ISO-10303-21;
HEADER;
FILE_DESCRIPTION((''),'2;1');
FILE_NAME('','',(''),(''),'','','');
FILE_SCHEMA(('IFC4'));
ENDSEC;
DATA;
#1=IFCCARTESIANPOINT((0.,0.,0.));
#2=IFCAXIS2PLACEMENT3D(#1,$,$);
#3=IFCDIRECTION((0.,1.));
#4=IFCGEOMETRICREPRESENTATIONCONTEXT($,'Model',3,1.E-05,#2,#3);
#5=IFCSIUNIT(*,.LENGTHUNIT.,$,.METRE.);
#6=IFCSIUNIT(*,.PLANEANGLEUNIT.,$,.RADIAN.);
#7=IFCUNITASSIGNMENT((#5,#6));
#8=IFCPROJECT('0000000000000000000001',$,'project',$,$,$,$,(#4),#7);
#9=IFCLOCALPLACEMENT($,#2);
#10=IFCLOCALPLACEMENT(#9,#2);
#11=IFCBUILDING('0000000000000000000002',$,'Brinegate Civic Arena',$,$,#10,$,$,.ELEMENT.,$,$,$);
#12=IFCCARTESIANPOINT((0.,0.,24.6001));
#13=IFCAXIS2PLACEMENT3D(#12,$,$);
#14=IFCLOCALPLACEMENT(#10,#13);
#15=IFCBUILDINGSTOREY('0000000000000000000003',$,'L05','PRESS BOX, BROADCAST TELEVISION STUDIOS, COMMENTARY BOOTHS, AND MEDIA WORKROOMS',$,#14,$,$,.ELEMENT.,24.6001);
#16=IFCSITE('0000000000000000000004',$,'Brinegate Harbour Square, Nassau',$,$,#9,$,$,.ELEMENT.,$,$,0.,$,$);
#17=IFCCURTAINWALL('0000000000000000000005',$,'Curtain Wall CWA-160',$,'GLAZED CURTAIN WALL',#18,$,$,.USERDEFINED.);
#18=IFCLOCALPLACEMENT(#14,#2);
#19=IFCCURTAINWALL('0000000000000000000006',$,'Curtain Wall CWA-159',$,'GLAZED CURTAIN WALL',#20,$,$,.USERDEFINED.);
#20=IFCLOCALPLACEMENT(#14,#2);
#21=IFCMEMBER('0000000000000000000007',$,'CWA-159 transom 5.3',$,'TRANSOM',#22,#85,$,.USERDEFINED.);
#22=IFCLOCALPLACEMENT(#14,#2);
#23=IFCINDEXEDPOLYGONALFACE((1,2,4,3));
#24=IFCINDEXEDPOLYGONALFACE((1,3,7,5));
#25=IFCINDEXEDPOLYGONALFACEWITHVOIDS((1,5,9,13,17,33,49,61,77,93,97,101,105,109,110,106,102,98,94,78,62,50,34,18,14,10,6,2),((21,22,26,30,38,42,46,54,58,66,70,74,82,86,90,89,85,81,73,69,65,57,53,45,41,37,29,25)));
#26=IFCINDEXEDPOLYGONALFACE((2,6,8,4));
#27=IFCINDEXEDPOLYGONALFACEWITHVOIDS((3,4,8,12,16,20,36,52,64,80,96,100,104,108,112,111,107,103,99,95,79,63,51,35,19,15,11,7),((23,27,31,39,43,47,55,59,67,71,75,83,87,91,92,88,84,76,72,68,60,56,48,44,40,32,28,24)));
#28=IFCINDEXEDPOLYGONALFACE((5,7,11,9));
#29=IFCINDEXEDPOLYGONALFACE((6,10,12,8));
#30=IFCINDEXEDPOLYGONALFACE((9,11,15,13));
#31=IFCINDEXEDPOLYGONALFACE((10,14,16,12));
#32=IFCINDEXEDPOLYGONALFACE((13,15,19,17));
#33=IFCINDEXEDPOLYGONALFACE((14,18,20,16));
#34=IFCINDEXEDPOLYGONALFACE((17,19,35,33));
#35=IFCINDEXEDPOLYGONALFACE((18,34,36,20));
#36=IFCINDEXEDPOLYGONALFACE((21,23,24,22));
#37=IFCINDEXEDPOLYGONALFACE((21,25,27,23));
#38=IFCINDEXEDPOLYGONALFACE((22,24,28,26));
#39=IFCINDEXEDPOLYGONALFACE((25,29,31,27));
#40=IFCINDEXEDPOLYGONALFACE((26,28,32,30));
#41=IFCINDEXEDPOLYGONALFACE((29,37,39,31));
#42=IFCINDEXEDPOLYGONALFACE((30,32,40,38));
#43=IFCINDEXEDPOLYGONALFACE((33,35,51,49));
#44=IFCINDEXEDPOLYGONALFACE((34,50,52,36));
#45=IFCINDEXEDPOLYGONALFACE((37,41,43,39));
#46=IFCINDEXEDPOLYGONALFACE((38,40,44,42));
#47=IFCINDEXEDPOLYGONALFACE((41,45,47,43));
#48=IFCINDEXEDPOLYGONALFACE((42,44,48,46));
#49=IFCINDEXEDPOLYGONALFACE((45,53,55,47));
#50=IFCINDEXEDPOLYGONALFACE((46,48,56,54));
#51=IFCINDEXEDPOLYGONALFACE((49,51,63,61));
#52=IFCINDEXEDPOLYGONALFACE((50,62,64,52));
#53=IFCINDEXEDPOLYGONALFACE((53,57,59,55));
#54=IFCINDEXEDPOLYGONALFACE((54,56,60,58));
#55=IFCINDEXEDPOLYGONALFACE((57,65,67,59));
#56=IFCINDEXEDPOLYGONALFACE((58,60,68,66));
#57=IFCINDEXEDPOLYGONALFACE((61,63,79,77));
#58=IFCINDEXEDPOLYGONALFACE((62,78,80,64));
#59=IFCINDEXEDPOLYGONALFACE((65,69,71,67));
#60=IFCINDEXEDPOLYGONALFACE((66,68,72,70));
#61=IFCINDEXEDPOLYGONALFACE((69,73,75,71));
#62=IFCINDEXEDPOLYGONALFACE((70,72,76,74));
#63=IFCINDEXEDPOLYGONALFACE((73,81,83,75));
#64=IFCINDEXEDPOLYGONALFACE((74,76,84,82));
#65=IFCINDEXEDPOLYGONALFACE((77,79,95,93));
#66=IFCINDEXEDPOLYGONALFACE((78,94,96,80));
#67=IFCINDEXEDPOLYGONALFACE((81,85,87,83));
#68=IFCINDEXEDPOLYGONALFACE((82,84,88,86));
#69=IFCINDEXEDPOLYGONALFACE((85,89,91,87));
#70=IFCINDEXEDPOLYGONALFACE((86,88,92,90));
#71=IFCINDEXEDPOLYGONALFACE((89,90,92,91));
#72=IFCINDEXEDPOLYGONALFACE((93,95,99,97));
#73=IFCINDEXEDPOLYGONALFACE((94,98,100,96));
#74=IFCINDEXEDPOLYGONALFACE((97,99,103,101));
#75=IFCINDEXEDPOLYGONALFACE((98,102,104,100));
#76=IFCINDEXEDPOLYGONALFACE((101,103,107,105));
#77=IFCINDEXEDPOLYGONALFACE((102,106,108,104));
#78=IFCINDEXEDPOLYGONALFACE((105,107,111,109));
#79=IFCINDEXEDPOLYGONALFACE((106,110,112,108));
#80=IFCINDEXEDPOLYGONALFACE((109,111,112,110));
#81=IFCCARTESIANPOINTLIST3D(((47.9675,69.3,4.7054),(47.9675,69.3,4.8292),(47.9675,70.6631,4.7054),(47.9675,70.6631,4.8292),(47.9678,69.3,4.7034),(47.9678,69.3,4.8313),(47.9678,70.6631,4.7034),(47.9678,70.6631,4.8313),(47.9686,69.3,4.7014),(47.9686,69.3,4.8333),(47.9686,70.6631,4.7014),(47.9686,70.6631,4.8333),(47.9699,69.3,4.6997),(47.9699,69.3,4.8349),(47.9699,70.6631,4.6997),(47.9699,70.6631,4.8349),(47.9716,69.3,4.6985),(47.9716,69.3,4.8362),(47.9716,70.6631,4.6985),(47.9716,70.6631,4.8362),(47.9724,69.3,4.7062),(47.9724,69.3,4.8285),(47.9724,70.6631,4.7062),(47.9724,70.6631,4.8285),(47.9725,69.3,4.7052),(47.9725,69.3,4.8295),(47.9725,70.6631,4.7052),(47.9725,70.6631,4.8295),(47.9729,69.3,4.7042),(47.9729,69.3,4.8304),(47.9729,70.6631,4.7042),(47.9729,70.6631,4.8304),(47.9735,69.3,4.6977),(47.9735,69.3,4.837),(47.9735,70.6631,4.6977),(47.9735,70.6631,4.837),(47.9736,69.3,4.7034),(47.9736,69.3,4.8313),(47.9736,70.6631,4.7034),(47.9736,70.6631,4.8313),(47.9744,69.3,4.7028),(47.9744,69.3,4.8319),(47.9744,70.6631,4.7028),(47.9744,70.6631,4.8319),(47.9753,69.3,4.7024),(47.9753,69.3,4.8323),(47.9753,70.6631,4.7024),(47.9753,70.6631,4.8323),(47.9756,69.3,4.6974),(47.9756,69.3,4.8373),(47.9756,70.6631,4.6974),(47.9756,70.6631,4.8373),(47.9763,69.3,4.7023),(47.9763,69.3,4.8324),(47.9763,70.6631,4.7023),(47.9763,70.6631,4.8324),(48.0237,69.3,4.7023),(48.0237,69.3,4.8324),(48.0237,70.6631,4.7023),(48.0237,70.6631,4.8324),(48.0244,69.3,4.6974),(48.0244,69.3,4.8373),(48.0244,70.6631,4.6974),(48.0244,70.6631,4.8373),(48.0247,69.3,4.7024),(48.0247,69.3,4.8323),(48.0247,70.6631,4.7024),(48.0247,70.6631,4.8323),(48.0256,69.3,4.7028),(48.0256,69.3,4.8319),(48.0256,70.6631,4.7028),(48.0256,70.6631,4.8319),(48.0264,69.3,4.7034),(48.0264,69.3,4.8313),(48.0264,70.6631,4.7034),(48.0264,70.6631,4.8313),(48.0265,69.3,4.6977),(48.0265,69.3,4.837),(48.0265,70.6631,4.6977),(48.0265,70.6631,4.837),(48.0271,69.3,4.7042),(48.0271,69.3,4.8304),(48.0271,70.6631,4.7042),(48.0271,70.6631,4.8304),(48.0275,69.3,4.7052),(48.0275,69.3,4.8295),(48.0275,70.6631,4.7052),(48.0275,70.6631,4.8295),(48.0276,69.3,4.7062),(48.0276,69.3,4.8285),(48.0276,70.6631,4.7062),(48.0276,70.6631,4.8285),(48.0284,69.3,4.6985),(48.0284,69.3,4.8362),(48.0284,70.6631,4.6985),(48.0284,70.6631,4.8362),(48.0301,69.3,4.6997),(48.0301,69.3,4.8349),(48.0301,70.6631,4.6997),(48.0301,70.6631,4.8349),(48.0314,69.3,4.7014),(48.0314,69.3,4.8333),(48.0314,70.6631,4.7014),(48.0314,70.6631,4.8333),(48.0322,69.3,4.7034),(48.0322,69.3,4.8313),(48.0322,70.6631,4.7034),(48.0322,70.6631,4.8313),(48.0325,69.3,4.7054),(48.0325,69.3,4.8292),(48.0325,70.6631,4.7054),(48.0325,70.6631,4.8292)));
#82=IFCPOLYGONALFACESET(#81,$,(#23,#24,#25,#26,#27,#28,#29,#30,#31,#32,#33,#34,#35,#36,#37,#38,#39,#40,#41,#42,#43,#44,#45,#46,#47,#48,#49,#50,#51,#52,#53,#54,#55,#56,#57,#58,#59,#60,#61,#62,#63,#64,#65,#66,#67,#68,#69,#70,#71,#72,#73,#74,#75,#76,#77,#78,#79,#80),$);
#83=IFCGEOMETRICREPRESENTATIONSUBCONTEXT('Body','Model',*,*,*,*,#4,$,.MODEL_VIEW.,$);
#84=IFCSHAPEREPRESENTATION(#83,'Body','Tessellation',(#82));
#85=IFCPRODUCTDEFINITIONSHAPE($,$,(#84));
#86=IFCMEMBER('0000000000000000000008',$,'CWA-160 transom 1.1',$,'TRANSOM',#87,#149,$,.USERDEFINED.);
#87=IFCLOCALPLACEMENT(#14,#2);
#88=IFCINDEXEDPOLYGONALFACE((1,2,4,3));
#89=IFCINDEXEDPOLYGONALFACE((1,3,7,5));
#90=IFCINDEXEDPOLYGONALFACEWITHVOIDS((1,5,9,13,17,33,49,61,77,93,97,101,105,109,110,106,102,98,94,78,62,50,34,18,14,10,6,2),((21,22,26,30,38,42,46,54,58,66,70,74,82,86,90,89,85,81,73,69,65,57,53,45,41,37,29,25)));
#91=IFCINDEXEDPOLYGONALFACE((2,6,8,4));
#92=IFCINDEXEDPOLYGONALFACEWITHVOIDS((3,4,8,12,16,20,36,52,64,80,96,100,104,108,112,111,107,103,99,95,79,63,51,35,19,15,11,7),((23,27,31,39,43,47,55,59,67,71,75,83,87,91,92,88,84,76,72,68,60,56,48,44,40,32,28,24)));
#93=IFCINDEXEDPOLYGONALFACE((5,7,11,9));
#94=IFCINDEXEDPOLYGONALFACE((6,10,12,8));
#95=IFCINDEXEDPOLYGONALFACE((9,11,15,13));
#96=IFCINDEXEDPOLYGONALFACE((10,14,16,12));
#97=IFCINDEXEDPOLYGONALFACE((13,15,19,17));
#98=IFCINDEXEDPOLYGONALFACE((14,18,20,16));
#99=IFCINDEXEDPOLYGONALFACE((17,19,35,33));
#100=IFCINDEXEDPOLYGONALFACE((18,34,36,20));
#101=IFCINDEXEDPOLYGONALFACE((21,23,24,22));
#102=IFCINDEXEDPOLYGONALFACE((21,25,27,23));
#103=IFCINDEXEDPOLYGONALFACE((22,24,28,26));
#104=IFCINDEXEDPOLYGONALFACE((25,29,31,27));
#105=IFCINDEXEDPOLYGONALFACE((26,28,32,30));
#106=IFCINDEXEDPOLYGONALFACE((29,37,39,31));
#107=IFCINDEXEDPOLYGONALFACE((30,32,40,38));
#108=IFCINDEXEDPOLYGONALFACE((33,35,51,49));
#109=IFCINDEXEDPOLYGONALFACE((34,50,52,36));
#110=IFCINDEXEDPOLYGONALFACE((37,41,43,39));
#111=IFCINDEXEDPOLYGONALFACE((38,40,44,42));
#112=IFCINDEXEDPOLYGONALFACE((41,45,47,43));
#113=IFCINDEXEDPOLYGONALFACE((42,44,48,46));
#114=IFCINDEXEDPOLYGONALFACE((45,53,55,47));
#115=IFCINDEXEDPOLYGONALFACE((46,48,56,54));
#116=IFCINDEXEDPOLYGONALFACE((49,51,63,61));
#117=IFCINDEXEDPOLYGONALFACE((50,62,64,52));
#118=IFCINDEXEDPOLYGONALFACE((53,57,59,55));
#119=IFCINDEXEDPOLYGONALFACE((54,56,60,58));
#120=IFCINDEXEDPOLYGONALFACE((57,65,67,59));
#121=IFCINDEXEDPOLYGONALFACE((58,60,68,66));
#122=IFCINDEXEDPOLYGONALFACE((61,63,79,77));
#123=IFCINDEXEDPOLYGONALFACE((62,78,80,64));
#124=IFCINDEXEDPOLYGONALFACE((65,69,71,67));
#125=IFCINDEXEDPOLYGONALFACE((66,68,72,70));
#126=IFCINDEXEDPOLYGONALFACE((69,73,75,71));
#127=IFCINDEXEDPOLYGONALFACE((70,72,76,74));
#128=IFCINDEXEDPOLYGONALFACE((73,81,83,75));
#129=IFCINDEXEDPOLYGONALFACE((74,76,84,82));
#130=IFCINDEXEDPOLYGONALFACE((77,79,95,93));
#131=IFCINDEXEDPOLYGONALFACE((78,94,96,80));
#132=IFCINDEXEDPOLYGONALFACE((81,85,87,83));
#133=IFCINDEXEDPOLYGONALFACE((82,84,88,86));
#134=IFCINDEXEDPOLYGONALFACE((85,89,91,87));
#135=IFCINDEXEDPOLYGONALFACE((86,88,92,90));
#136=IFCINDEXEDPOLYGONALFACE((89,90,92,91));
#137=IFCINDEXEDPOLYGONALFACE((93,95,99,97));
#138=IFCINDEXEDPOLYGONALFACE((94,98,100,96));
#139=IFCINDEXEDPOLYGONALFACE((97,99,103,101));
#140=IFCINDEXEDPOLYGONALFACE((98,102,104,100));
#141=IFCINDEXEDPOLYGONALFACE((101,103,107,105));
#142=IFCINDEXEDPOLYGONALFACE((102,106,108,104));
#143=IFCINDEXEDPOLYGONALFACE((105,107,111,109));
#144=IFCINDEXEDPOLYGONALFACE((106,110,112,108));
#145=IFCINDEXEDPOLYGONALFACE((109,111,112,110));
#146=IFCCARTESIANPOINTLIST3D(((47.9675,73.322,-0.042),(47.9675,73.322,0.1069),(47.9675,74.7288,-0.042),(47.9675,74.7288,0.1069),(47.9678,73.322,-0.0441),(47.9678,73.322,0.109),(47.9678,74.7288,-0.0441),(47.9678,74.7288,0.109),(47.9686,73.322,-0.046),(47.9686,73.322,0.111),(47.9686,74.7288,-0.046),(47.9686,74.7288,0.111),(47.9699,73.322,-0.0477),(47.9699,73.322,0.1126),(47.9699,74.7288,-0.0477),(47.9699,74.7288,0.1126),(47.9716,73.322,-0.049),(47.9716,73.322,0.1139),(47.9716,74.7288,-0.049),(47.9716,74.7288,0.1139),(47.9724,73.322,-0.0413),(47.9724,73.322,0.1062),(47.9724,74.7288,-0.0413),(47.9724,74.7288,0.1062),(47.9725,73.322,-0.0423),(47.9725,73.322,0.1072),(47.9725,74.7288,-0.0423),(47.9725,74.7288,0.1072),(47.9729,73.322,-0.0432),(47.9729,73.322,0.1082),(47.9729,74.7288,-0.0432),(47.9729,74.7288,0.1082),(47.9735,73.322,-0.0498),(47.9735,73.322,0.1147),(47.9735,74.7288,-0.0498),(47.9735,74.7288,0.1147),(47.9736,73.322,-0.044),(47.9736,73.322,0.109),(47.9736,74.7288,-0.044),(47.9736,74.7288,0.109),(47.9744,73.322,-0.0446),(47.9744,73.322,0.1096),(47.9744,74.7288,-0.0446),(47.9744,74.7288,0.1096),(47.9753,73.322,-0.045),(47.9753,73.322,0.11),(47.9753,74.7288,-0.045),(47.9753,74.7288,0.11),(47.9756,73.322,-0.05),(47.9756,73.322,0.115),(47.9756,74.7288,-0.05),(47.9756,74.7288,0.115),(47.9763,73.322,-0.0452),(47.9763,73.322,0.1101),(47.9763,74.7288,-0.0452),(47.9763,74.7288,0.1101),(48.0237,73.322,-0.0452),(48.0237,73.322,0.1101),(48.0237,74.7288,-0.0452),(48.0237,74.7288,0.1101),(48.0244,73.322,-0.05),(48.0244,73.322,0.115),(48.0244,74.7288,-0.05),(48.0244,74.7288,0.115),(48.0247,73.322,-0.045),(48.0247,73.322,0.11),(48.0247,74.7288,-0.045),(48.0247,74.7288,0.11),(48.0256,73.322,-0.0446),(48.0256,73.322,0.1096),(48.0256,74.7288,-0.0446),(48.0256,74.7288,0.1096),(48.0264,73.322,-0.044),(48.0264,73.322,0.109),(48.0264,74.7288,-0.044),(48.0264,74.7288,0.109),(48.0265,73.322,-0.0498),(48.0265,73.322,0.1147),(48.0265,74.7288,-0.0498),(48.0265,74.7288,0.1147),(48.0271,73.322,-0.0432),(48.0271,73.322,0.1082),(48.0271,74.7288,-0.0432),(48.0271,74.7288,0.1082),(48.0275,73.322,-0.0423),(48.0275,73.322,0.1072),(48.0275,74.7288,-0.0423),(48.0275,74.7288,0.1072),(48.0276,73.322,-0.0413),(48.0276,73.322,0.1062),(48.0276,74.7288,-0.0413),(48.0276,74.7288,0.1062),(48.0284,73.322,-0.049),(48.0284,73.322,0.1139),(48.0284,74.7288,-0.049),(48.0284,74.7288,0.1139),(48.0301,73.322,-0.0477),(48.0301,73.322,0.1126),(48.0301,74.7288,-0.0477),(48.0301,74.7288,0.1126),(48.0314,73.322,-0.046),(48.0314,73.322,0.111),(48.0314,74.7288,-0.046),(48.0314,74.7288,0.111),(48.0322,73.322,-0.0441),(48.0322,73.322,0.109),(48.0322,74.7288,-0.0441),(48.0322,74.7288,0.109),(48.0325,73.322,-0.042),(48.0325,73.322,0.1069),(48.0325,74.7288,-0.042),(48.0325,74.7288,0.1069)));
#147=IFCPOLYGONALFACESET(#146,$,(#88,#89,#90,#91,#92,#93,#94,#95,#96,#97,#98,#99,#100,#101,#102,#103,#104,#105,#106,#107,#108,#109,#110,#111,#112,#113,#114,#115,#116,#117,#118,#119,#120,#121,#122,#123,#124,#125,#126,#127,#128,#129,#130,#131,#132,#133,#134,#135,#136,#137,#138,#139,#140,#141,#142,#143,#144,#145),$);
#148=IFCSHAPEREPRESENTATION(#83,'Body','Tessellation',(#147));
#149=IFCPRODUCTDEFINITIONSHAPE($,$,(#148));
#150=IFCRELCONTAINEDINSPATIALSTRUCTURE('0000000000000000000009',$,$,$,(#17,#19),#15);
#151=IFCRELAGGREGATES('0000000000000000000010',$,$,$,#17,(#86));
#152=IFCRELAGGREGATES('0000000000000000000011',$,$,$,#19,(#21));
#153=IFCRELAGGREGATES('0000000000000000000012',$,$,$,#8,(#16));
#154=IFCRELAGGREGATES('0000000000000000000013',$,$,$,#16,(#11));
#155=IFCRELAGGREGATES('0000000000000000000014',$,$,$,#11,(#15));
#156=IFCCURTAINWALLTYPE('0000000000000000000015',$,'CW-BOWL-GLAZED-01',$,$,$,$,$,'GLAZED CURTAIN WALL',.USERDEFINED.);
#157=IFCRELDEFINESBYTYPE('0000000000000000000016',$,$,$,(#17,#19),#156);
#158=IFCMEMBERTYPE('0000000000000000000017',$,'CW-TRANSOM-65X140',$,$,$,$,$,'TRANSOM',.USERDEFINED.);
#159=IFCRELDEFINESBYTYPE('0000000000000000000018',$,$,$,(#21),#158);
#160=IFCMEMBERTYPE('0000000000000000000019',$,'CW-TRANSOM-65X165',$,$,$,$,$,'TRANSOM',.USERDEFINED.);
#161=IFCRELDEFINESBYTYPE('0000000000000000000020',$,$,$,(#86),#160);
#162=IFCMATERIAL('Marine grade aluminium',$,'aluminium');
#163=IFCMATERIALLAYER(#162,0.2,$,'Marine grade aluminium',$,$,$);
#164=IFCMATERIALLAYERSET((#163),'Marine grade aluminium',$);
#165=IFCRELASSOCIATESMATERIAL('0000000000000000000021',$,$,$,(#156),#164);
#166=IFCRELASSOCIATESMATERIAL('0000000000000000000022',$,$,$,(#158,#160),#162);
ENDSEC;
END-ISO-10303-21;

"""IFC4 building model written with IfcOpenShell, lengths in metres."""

from ifc_helpers import new_model, si_unit, direction, frame, origin, origin_2d, place, context, subcontext, project, spatial, hollow_rectangle, extrude, material, layer, layer_set, material_profile, profile_set, type_object, element, aggregate, save


model = new_model("IFC4")

# Units and contexts
model_context = context("Model", 3, precision=1e-05, world=origin(), true_north=direction((0.0, 1.0)))
body_context = subcontext(model_context, "Body", "Model", "MODEL_VIEW")
ifc_project = project(units=[si_unit("LENGTHUNIT", "METRE"), si_unit("PLANEANGLEUNIT", "RADIAN")], contexts=[model_context])

# Site, building, storey
site_placement = place(None, origin())
site = spatial("IfcSite", under=ifc_project, at=site_placement, Name="Brinegate Harbour Square, Nassau", CompositionType="ELEMENT", RefElevation=0.0)
building_placement = place(site_placement, origin())
building = spatial("IfcBuilding", under=site, at=building_placement, Name="Brinegate Civic Arena", CompositionType="ELEMENT")
storey_placement = place(building_placement, frame((0.0, 0.0, 24.6001)))
storey = spatial("IfcBuildingStorey", under=building, at=storey_placement, Name="L05", Description="PRESS BOX, BROADCAST TELEVISION STUDIOS, COMMENTARY BOOTHS, AND MEDIA WORKROOMS", CompositionType="ELEMENT", Elevation=24.6001)

# Curtain walls, member
ifc_material_1 = material(Name="Marine grade aluminium", Category="aluminium")
ifc_layer_1 = layer(ifc_material_1, 0.2, Name="Marine grade aluminium")
ifc_layer_set_1 = layer_set([ifc_layer_1], Name="Marine grade aluminium")
curtain_wall_type = type_object("IfcCurtainWallType", Name="CW-BOWL-GLAZED-01", ElementType="GLAZED CURTAIN WALL", PredefinedType="USERDEFINED", material=ifc_layer_set_1)
curtain_wall_1_placement = place(storey_placement, origin())
curtain_wall_1 = element("IfcCurtainWall", 1, at=curtain_wall_1_placement, inside=storey, type_object=curtain_wall_type, Name="Curtain Wall CWA-160", ObjectType="GLAZED CURTAIN WALL", PredefinedType="USERDEFINED")
curtain_wall_2_placement = place(storey_placement, origin())
curtain_wall_2 = element("IfcCurtainWall", 2, at=curtain_wall_2_placement, inside=storey, type_object=curtain_wall_type, Name="Curtain Wall CWA-159", ObjectType="GLAZED CURTAIN WALL", PredefinedType="USERDEFINED")
ifc_material_profile_1 = material_profile(ifc_material_1, hollow_rectangle(XDim=0.0649, YDim=0.1399, WallThickness=0.0049, InnerFilletRadius=0.0039, OuterFilletRadius=0.0081, at=origin_2d()), Name="TRN65X140")
ifc_profile_set_1 = profile_set([ifc_material_profile_1], Name="Marine grade aluminium")
member_type_1 = type_object("IfcMemberType", Name="CW-TRANSOM-65X140", ElementType="TRANSOM", PredefinedType="USERDEFINED", material=ifc_profile_set_1)
member_1_placement = place(storey_placement, frame((48.0, 69.3, 4.7673), z_axis=(0.0, 1.0, 0.0), x_axis=(-1.0, 0.0, 0.0)))
member_1 = element("IfcMember", 3, at=member_1_placement, type_object=member_type_1, Name="CWA-159 transom 5.3", ObjectType="TRANSOM", PredefinedType="USERDEFINED", context=body_context, shape_type="SweptSolid", body=[
    extrude(hollow_rectangle(XDim=0.0649, YDim=0.1399, WallThickness=0.0049, InnerFilletRadius=0.0039, OuterFilletRadius=0.0081, at=origin_2d()), origin(), (0.0, 0.0, 1.0), 1.363),
])

# Member
ifc_material_profile_2 = material_profile(ifc_material_1, hollow_rectangle(XDim=0.0649, YDim=0.165, WallThickness=0.0049, InnerFilletRadius=0.0039, OuterFilletRadius=0.0081, at=origin_2d()), Name="TRN65X165")
ifc_profile_set_2 = profile_set([ifc_material_profile_2], Name="Marine grade aluminium")
member_type_2 = type_object("IfcMemberType", Name="CW-TRANSOM-65X165", ElementType="TRANSOM", PredefinedType="USERDEFINED", material=ifc_profile_set_2)
member_2_placement = place(storey_placement, frame((48.0, 73.322, 0.0325), z_axis=(0.0, 1.0, 0.0), x_axis=(-1.0, 0.0, 0.0)))
member_2 = element("IfcMember", 4, at=member_2_placement, type_object=member_type_2, Name="CWA-160 transom 1.1", ObjectType="TRANSOM", PredefinedType="USERDEFINED", context=body_context, shape_type="SweptSolid", body=[
    extrude(hollow_rectangle(XDim=0.0649, YDim=0.165, WallThickness=0.0049, InnerFilletRadius=0.0039, OuterFilletRadius=0.0081, at=origin_2d()), origin(), (0.0, 0.0, 1.0), 1.4067),
])

aggregate(curtain_wall_1, [member_2])
aggregate(curtain_wall_2, [member_1])

save(model, "model.ifc")
